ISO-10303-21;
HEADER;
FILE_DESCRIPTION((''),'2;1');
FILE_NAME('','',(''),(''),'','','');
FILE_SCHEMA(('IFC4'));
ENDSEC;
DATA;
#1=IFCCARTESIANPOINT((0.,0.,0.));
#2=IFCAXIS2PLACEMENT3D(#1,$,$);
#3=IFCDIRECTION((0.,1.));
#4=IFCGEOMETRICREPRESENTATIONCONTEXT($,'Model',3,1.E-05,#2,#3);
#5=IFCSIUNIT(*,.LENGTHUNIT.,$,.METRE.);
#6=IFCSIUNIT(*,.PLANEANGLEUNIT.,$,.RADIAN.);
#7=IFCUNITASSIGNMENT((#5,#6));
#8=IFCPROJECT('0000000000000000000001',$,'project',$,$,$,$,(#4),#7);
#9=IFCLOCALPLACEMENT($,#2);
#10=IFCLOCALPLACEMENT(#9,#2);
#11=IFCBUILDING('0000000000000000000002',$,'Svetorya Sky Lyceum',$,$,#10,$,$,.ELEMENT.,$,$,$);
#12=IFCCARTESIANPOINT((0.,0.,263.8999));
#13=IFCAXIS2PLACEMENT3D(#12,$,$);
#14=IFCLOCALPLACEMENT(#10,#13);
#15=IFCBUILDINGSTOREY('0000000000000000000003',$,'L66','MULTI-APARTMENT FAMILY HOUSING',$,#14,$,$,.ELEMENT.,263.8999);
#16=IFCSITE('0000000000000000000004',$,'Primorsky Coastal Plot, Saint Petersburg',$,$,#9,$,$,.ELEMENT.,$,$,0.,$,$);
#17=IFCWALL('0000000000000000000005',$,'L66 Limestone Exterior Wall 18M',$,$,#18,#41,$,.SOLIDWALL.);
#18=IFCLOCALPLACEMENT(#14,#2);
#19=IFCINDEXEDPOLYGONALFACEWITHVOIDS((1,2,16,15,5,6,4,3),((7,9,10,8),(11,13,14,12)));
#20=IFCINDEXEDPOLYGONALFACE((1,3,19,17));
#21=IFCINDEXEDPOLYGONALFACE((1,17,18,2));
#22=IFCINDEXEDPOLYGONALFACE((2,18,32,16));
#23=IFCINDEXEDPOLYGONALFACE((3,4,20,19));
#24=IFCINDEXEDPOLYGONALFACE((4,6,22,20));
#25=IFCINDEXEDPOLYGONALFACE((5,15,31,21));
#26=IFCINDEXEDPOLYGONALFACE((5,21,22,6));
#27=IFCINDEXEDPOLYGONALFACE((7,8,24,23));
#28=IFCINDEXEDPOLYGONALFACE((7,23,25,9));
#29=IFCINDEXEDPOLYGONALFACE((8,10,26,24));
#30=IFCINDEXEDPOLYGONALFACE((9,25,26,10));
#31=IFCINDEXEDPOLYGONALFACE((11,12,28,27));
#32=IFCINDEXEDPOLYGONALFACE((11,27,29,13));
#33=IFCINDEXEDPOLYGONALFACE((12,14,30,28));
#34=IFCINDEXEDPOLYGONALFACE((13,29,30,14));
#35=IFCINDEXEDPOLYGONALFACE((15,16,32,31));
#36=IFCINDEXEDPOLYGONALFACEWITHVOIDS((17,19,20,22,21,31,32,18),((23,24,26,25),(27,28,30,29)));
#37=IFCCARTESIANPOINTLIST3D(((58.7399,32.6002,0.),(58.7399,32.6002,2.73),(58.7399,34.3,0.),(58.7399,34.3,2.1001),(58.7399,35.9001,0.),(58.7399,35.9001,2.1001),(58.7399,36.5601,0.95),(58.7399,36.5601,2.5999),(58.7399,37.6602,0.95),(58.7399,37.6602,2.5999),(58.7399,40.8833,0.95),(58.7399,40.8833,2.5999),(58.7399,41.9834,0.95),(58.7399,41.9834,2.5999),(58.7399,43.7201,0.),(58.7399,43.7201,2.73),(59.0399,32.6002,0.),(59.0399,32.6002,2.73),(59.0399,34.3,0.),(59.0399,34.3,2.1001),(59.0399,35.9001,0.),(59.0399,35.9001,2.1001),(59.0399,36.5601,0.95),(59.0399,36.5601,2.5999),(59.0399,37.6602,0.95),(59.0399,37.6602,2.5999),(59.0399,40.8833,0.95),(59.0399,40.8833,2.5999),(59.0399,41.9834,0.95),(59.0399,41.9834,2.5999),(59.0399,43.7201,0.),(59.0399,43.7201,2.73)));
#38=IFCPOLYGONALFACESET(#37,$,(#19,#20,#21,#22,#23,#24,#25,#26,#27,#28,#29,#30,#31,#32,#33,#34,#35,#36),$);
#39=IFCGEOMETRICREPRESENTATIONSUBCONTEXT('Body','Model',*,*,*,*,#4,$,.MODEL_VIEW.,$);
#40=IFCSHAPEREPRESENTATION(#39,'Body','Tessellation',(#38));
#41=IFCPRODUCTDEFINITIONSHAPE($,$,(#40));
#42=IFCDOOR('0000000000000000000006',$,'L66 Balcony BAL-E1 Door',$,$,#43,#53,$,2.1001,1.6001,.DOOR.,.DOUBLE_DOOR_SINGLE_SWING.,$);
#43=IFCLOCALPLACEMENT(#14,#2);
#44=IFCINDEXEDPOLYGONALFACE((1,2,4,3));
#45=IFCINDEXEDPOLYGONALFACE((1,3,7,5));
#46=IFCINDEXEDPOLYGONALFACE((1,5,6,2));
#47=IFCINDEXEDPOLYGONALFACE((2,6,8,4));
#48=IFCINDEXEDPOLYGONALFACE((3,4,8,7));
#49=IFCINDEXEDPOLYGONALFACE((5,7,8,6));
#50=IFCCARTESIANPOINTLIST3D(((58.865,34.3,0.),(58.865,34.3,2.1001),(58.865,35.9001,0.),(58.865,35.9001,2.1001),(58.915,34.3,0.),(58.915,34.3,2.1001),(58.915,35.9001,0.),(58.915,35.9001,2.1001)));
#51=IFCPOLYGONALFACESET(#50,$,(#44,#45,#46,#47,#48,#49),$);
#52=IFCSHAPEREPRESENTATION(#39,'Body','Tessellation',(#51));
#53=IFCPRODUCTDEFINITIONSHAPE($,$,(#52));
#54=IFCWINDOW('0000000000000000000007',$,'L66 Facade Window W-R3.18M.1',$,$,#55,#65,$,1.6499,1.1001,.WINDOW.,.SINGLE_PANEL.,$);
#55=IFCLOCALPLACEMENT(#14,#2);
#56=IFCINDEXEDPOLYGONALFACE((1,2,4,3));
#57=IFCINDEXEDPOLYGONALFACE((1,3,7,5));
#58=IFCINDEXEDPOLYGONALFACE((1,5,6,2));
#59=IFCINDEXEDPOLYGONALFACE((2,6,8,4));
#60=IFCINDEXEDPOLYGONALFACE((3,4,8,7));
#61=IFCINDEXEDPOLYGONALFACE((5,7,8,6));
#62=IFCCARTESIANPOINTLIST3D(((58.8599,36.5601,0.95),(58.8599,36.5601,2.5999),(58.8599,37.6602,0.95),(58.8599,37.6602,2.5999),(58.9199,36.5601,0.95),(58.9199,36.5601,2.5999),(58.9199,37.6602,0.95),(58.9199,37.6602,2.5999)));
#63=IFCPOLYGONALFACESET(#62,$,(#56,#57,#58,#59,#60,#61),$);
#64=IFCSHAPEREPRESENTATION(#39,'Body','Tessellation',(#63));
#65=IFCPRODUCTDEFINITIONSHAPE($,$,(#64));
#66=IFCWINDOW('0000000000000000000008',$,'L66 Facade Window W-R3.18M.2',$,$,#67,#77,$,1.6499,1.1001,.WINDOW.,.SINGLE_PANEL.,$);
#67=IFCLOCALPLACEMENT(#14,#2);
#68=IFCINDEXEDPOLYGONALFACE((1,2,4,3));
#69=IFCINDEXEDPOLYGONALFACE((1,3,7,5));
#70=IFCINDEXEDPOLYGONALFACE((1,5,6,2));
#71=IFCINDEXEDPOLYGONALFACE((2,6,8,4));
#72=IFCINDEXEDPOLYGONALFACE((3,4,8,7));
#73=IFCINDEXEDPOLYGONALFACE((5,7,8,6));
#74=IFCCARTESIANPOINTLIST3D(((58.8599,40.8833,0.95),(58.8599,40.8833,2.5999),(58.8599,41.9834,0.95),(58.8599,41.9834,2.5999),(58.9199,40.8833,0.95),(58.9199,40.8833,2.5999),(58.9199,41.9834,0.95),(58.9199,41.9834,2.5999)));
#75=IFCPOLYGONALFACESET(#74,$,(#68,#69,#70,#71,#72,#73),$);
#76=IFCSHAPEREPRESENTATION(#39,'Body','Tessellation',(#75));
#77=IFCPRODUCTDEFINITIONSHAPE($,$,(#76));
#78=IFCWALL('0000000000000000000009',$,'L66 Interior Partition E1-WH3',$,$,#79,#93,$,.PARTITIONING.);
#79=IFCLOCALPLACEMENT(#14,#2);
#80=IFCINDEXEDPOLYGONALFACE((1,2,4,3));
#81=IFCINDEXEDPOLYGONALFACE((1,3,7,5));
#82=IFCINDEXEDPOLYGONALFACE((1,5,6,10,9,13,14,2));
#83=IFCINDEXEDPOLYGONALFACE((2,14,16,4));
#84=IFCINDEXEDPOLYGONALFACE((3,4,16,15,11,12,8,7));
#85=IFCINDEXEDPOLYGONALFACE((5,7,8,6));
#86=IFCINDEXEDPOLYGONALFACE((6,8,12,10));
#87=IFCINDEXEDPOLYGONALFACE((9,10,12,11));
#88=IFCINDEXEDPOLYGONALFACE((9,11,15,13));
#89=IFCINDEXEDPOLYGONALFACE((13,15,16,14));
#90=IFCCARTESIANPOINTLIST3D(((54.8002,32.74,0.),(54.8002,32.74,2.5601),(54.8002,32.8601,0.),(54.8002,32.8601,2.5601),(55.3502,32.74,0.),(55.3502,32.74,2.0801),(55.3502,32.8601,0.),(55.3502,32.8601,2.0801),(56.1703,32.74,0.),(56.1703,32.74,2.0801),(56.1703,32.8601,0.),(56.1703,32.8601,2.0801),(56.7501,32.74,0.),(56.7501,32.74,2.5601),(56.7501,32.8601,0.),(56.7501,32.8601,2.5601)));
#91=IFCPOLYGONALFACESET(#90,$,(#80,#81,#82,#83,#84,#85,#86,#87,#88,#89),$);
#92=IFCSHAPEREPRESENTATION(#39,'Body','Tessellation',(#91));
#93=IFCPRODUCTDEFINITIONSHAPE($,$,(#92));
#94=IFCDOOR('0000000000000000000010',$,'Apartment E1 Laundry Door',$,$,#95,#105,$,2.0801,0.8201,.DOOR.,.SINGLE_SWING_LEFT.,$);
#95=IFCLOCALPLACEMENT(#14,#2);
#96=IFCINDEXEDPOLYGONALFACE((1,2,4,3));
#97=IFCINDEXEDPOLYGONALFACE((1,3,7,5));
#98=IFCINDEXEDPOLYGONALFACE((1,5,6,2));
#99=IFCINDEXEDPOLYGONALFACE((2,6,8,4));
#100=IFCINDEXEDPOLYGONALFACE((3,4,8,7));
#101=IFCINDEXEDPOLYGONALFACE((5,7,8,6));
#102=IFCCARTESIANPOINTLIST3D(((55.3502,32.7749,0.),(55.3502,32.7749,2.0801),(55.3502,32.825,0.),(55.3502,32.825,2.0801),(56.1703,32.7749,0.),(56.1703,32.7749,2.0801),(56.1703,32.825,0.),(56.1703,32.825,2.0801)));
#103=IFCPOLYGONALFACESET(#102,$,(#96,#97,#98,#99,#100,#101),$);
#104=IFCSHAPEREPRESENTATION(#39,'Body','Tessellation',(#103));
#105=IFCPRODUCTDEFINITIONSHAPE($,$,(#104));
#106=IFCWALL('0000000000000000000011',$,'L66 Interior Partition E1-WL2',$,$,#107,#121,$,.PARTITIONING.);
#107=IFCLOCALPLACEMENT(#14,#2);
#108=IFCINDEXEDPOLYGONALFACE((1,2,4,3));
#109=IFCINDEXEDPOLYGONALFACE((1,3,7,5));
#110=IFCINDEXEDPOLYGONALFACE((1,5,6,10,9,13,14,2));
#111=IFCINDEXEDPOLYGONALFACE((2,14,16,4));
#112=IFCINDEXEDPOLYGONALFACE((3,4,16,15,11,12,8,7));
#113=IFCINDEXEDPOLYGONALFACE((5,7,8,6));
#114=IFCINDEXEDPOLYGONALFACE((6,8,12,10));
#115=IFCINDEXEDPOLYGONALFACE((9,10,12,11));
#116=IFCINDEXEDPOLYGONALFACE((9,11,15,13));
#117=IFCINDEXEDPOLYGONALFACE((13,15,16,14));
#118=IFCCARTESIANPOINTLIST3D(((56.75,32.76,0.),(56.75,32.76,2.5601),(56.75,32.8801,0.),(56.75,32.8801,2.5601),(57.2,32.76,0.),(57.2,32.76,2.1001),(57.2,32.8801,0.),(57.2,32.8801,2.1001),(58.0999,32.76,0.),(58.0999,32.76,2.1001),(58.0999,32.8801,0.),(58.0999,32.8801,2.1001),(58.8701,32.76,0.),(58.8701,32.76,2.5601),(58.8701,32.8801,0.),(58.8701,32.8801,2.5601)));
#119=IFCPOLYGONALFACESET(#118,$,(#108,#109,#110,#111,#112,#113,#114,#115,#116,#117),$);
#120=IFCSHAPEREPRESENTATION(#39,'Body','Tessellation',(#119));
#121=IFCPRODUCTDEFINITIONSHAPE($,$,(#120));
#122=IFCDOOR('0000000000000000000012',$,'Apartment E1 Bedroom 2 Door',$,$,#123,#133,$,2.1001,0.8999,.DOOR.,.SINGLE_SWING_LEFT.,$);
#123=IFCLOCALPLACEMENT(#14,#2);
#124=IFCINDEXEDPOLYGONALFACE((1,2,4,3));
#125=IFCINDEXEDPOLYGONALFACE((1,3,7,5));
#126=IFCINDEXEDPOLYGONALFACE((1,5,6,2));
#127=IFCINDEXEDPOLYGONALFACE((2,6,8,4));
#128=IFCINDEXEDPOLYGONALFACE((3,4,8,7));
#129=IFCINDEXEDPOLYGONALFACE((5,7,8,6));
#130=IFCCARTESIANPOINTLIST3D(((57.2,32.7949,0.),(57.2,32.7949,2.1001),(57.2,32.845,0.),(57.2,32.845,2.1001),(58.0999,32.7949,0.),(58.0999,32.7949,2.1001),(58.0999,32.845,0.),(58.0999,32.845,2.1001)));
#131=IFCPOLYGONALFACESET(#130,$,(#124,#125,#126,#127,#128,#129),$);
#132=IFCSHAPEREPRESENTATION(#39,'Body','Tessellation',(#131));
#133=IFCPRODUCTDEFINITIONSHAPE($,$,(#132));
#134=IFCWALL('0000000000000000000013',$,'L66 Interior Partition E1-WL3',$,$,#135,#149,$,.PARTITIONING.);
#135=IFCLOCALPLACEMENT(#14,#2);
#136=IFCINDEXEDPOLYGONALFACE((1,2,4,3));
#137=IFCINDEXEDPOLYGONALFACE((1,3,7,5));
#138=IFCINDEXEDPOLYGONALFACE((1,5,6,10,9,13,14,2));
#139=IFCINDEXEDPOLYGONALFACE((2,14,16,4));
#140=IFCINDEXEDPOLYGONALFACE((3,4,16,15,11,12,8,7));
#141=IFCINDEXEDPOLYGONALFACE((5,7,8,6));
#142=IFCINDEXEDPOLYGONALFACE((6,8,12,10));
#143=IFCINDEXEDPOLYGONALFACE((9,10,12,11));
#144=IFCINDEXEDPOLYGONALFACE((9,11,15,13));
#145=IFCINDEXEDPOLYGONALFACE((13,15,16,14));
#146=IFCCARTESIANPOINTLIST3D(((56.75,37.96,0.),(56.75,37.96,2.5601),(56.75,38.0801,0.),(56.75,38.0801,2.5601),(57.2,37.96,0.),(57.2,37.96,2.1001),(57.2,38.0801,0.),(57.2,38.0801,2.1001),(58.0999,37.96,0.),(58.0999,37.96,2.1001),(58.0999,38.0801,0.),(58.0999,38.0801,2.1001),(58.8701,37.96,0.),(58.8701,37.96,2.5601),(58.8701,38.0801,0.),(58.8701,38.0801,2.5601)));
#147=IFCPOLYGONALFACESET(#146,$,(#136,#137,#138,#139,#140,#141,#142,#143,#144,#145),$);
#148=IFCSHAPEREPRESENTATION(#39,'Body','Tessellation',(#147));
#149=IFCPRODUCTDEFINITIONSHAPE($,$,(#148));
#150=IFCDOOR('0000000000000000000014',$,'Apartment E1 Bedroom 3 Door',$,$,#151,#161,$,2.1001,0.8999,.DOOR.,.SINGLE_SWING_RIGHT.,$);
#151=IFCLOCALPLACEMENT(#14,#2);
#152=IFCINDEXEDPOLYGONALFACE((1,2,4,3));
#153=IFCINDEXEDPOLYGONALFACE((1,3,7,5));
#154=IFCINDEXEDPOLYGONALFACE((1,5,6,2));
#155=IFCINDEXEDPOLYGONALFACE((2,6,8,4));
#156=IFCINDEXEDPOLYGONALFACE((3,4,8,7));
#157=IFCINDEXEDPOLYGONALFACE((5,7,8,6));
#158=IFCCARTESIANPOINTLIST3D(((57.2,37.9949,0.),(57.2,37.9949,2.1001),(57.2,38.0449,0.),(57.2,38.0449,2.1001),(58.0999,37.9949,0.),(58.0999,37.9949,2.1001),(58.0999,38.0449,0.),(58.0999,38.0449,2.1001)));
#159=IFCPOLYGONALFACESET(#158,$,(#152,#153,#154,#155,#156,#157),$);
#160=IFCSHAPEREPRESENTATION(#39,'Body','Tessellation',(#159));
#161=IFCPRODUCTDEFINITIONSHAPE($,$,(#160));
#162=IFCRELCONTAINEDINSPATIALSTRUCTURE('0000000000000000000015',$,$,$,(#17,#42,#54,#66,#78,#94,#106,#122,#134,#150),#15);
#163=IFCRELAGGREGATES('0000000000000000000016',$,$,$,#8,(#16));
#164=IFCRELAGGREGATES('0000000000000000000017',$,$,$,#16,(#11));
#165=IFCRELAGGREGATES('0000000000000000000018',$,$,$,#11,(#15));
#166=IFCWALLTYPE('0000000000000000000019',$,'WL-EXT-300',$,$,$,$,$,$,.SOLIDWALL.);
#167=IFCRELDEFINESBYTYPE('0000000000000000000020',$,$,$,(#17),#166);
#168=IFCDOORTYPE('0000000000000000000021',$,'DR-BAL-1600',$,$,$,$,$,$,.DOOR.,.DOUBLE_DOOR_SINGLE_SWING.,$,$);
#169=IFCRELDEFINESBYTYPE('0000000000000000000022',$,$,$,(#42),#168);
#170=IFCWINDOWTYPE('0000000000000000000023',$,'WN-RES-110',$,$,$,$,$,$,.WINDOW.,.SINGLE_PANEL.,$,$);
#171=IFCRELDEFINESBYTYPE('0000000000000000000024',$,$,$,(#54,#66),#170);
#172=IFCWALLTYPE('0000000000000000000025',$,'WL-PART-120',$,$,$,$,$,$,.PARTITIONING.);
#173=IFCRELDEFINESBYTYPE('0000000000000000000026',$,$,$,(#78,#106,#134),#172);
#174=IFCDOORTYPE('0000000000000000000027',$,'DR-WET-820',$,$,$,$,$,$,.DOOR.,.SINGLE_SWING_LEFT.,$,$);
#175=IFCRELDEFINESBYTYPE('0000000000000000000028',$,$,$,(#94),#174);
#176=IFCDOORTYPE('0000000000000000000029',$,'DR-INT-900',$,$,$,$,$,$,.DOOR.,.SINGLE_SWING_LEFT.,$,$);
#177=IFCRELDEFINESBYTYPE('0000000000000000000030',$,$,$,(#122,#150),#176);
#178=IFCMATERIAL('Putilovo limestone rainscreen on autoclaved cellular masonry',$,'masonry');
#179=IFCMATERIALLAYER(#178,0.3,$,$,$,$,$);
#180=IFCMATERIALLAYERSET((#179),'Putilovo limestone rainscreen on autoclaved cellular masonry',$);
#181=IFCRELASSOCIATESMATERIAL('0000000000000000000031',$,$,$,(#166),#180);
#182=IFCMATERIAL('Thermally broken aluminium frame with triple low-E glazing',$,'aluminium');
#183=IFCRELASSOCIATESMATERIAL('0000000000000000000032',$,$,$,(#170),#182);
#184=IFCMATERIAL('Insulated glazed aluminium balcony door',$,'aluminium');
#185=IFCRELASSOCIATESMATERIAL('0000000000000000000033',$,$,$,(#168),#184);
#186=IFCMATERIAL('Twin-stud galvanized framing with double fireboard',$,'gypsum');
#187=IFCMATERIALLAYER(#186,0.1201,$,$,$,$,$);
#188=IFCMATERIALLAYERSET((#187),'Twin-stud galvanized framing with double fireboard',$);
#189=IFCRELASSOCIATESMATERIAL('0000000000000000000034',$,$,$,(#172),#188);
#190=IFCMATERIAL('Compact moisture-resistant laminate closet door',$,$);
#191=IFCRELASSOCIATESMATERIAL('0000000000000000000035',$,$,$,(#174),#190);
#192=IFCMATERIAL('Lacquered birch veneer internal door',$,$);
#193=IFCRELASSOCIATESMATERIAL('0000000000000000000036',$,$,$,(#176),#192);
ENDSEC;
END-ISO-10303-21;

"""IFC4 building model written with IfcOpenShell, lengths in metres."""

from ifc_helpers import new_model, si_unit, direction, frame, frame_2d, origin, place, context, subcontext, project, spatial, rectangle, extrude, material, layer, layer_set, type_object, element, fill, save


model = new_model("IFC4")

# Units and contexts
model_context = context("Model", 3, precision=1e-05, world=origin(), true_north=direction((0.0, 1.0)))
body_context = subcontext(model_context, "Body", "Model", "MODEL_VIEW")
ifc_project = project(units=[si_unit("LENGTHUNIT", "METRE"), si_unit("PLANEANGLEUNIT", "RADIAN")], contexts=[model_context])

# Site, building, storey
site_placement = place(None, origin())
site = spatial("IfcSite", under=ifc_project, at=site_placement, Name="Primorsky Coastal Plot, Saint Petersburg", CompositionType="ELEMENT", RefElevation=0.0)
building_placement = place(site_placement, origin())
building = spatial("IfcBuilding", under=site, at=building_placement, Name="Svetorya Sky Lyceum", CompositionType="ELEMENT")
storey_placement = place(building_placement, frame((0.0, 0.0, 263.8999)))
storey = spatial("IfcBuildingStorey", under=building, at=storey_placement, Name="L66", Description="MULTI-APARTMENT FAMILY HOUSING", CompositionType="ELEMENT", Elevation=263.8999)

# Shared definitions
ifc_material_1 = material(Name="Putilovo limestone rainscreen on autoclaved cellular masonry", Category="masonry")
ifc_layer_1 = layer(ifc_material_1, 0.3)
ifc_layer_set_1 = layer_set([ifc_layer_1], Name="Putilovo limestone rainscreen on autoclaved cellular masonry")
wall_type_1 = type_object("IfcWallType", Name="WL-EXT-300", PredefinedType="SOLIDWALL", material=ifc_layer_set_1)

# Shared definitions
ifc_material_2 = material(Name="Thermally broken aluminium frame with triple low-E glazing", Category="aluminium")
window_type = type_object("IfcWindowType", Name="WN-RES-110", PartitioningType="SINGLE_PANEL", PredefinedType="WINDOW", material=ifc_material_2)

# Wall, openings, door, windows
wall_1_placement = place(storey_placement, frame((58.8899, 32.6001, 0.0), z_axis=(0.0, 0.0, 1.0), x_axis=(0.0, 1.0, 0.0)))
wall_1 = element("IfcWall", 1, at=wall_1_placement, inside=storey, type_object=wall_type_1, Name="L66 Limestone Exterior Wall 18M", PredefinedType="SOLIDWALL", context=body_context, shape_type="SweptSolid", body=[
    extrude(rectangle(XDim=11.1199, YDim=0.3, at=frame_2d((5.5601, 0.0))), origin(), (0.0, 0.0, 1.0), 2.73),
])
opening_1_placement = place(wall_1_placement, frame((1.7, 0.0, 0.0)))
opening_1 = element("IfcOpeningElement", 2, at=opening_1_placement, cuts=wall_1, PredefinedType="OPENING", context=body_context, shape_type="SweptSolid", body=[
    extrude(rectangle(XDim=1.6001, YDim=2.1001, at=frame_2d((0.8, 1.05))), frame((0.0, 0.1599, 0.0), z_axis=(0.0, -1.0, 0.0), x_axis=(1.0, 0.0, 0.0)), (0.0, 0.0, 1.0), 0.3201),
])
opening_2_placement = place(wall_1_placement, frame((3.96, 0.0, 0.95)))
opening_2 = element("IfcOpeningElement", 3, at=opening_2_placement, cuts=wall_1, PredefinedType="OPENING", context=body_context, shape_type="SweptSolid", body=[
    extrude(rectangle(XDim=1.1001, YDim=1.6499, at=frame_2d((0.55, 0.825))), frame((0.0, 0.1599, 0.0), z_axis=(0.0, -1.0, 0.0), x_axis=(1.0, 0.0, 0.0)), (0.0, 0.0, 1.0), 0.3201),
])
opening_3_placement = place(wall_1_placement, frame((8.2832, 0.0, 0.95)))
opening_3 = element("IfcOpeningElement", 4, at=opening_3_placement, cuts=wall_1, PredefinedType="OPENING", context=body_context, shape_type="SweptSolid", body=[
    extrude(rectangle(XDim=1.1001, YDim=1.6499, at=frame_2d((0.55, 0.825))), frame((0.0, 0.1599, 0.0), z_axis=(0.0, -1.0, 0.0), x_axis=(1.0, 0.0, 0.0)), (0.0, 0.0, 1.0), 0.3201),
])
ifc_material_3 = material(Name="Insulated glazed aluminium balcony door", Category="aluminium")
door_type_1 = type_object("IfcDoorType", Name="DR-BAL-1600", OperationType="DOUBLE_DOOR_SINGLE_SWING", PredefinedType="DOOR", material=ifc_material_3)
door_1_placement = place(opening_1_placement, origin())
door_1 = element("IfcDoor", 5, at=door_1_placement, inside=storey, type_object=door_type_1, Name="L66 Balcony BAL-E1 Door", OperationType="DOUBLE_DOOR_SINGLE_SWING", OverallHeight=2.1001, OverallWidth=1.6001, PredefinedType="DOOR", context=body_context, shape_type="SweptSolid", body=[
    extrude(rectangle(XDim=1.6001, YDim=2.1001, at=frame_2d((0.8, 1.05))), frame((0.0, 0.0249, 0.0), z_axis=(0.0, -1.0, 0.0), x_axis=(1.0, 0.0, 0.0)), (0.0, 0.0, 1.0), 0.05),
])
fill(opening_1, door_1)
window_1_placement = place(opening_2_placement, origin())
window_1 = element("IfcWindow", 6, at=window_1_placement, inside=storey, type_object=window_type, Name="L66 Facade Window W-R3.18M.1", OverallHeight=1.6499, OverallWidth=1.1001, PartitioningType="SINGLE_PANEL", PredefinedType="WINDOW", context=body_context, shape_type="SweptSolid", body=[
    extrude(rectangle(XDim=1.1001, YDim=1.6499, at=frame_2d((0.55, 0.825))), frame((0.0, 0.03, 0.0), z_axis=(0.0, -1.0, 0.0), x_axis=(1.0, 0.0, 0.0)), (0.0, 0.0, 1.0), 0.0601),
])
fill(opening_2, window_1)
window_2_placement = place(opening_3_placement, origin())
window_2 = element("IfcWindow", 7, at=window_2_placement, inside=storey, type_object=window_type, Name="L66 Facade Window W-R3.18M.2", OverallHeight=1.6499, OverallWidth=1.1001, PartitioningType="SINGLE_PANEL", PredefinedType="WINDOW", context=body_context, shape_type="SweptSolid", body=[
    extrude(rectangle(XDim=1.1001, YDim=1.6499, at=frame_2d((0.55, 0.825))), frame((0.0, 0.03, 0.0), z_axis=(0.0, -1.0, 0.0), x_axis=(1.0, 0.0, 0.0)), (0.0, 0.0, 1.0), 0.0601),
])
fill(opening_3, window_2)

# Walls, openings, doors
ifc_material_4 = material(Name="Twin-stud galvanized framing with double fireboard", Category="gypsum")
ifc_layer_2 = layer(ifc_material_4, 0.1201)
ifc_layer_set_2 = layer_set([ifc_layer_2], Name="Twin-stud galvanized framing with double fireboard")
wall_type_2 = type_object("IfcWallType", Name="WL-PART-120", PredefinedType="PARTITIONING", material=ifc_layer_set_2)
wall_2_placement = place(storey_placement, frame((54.8, 32.8, 0.0), z_axis=(0.0, 0.0, 1.0), x_axis=(1.0, 0.0, 0.0)))
wall_2 = element("IfcWall", 8, at=wall_2_placement, inside=storey, type_object=wall_type_2, Name="L66 Interior Partition E1-WH3", PredefinedType="PARTITIONING", context=body_context, shape_type="SweptSolid", body=[
    extrude(rectangle(XDim=1.95, YDim=0.1201, at=frame_2d((0.9751, 0.0))), origin(), (0.0, 0.0, 1.0), 2.5601),
])
opening_4_placement = place(wall_2_placement, frame((0.55, 0.0, 0.0)))
opening_4 = element("IfcOpeningElement", 9, at=opening_4_placement, cuts=wall_2, PredefinedType="OPENING", context=body_context, shape_type="SweptSolid", body=[
    extrude(rectangle(XDim=0.8201, YDim=2.0801, at=frame_2d((0.4102, 1.04))), frame((0.0, 0.0701, 0.0), z_axis=(0.0, -1.0, 0.0), x_axis=(1.0, 0.0, 0.0)), (0.0, 0.0, 1.0), 0.1401),
])
ifc_material_5 = material(Name="Compact moisture-resistant laminate closet door")
door_type_2 = type_object("IfcDoorType", Name="DR-WET-820", OperationType="SINGLE_SWING_LEFT", PredefinedType="DOOR", material=ifc_material_5)
door_2_placement = place(opening_4_placement, origin())
door_2 = element("IfcDoor", 10, at=door_2_placement, inside=storey, type_object=door_type_2, Name="Apartment E1 Laundry Door", OperationType="SINGLE_SWING_LEFT", OverallHeight=2.0801, OverallWidth=0.8201, PredefinedType="DOOR", context=body_context, shape_type="SweptSolid", body=[
    extrude(rectangle(XDim=0.8201, YDim=2.0801, at=frame_2d((0.4102, 1.04))), frame((0.0, 0.0249, 0.0), z_axis=(0.0, -1.0, 0.0), x_axis=(1.0, 0.0, 0.0)), (0.0, 0.0, 1.0), 0.05),
])
fill(opening_4, door_2)
wall_3_placement = place(storey_placement, frame((56.75, 32.8201, 0.0), z_axis=(0.0, 0.0, 1.0), x_axis=(1.0, 0.0, 0.0)))
wall_3 = element("IfcWall", 11, at=wall_3_placement, inside=storey, type_object=wall_type_2, Name="L66 Interior Partition E1-WL2", PredefinedType="PARTITIONING", context=body_context, shape_type="SweptSolid", body=[
    extrude(rectangle(XDim=2.1201, YDim=0.1201, at=frame_2d((1.0601, 0.0))), origin(), (0.0, 0.0, 1.0), 2.5601),
])
opening_5_placement = place(wall_3_placement, frame((0.45, 0.0, 0.0)))
opening_5 = element("IfcOpeningElement", 12, at=opening_5_placement, cuts=wall_3, PredefinedType="OPENING", context=body_context, shape_type="SweptSolid", body=[
    extrude(rectangle(XDim=0.8999, YDim=2.1001, at=frame_2d((0.45, 1.05))), frame((0.0, 0.0701, 0.0), z_axis=(0.0, -1.0, 0.0), x_axis=(1.0, 0.0, 0.0)), (0.0, 0.0, 1.0), 0.1401),
])
ifc_material_6 = material(Name="Lacquered birch veneer internal door")
door_type_3 = type_object("IfcDoorType", Name="DR-INT-900", OperationType="SINGLE_SWING_LEFT", PredefinedType="DOOR", material=ifc_material_6)
door_3_placement = place(opening_5_placement, origin())
door_3 = element("IfcDoor", 13, at=door_3_placement, inside=storey, type_object=door_type_3, Name="Apartment E1 Bedroom 2 Door", OperationType="SINGLE_SWING_LEFT", OverallHeight=2.1001, OverallWidth=0.8999, PredefinedType="DOOR", context=body_context, shape_type="SweptSolid", body=[
    extrude(rectangle(XDim=0.8999, YDim=2.1001, at=frame_2d((0.45, 1.05))), frame((0.0, 0.0249, 0.0), z_axis=(0.0, -1.0, 0.0), x_axis=(1.0, 0.0, 0.0)), (0.0, 0.0, 1.0), 0.05),
])
fill(opening_5, door_3)
wall_4_placement = place(storey_placement, frame((56.75, 38.02, 0.0), z_axis=(0.0, 0.0, 1.0), x_axis=(1.0, 0.0, 0.0)))
wall_4 = element("IfcWall", 14, at=wall_4_placement, inside=storey, type_object=wall_type_2, Name="L66 Interior Partition E1-WL3", PredefinedType="PARTITIONING", context=body_context, shape_type="SweptSolid", body=[
    extrude(rectangle(XDim=2.1201, YDim=0.1201, at=frame_2d((1.0601, 0.0))), origin(), (0.0, 0.0, 1.0), 2.5601),
])
opening_6_placement = place(wall_4_placement, frame((0.45, 0.0, 0.0)))
opening_6 = element("IfcOpeningElement", 15, at=opening_6_placement, cuts=wall_4, PredefinedType="OPENING", context=body_context, shape_type="SweptSolid", body=[
    extrude(rectangle(XDim=0.8999, YDim=2.1001, at=frame_2d((0.45, 1.05))), frame((0.0, 0.0701, 0.0), z_axis=(0.0, -1.0, 0.0), x_axis=(1.0, 0.0, 0.0)), (0.0, 0.0, 1.0), 0.1401),
])
door_4_placement = place(opening_6_placement, origin())
door_4 = element("IfcDoor", 16, at=door_4_placement, inside=storey, type_object=door_type_3, Name="Apartment E1 Bedroom 3 Door", OperationType="SINGLE_SWING_RIGHT", OverallHeight=2.1001, OverallWidth=0.8999, PredefinedType="DOOR", context=body_context, shape_type="SweptSolid", body=[
    extrude(rectangle(XDim=0.8999, YDim=2.1001, at=frame_2d((0.45, 1.05))), frame((0.0, 0.0249, 0.0), z_axis=(0.0, -1.0, 0.0), x_axis=(1.0, 0.0, 0.0)), (0.0, 0.0, 1.0), 0.05),
])
fill(opening_6, door_4)

save(model, "model.ifc")
